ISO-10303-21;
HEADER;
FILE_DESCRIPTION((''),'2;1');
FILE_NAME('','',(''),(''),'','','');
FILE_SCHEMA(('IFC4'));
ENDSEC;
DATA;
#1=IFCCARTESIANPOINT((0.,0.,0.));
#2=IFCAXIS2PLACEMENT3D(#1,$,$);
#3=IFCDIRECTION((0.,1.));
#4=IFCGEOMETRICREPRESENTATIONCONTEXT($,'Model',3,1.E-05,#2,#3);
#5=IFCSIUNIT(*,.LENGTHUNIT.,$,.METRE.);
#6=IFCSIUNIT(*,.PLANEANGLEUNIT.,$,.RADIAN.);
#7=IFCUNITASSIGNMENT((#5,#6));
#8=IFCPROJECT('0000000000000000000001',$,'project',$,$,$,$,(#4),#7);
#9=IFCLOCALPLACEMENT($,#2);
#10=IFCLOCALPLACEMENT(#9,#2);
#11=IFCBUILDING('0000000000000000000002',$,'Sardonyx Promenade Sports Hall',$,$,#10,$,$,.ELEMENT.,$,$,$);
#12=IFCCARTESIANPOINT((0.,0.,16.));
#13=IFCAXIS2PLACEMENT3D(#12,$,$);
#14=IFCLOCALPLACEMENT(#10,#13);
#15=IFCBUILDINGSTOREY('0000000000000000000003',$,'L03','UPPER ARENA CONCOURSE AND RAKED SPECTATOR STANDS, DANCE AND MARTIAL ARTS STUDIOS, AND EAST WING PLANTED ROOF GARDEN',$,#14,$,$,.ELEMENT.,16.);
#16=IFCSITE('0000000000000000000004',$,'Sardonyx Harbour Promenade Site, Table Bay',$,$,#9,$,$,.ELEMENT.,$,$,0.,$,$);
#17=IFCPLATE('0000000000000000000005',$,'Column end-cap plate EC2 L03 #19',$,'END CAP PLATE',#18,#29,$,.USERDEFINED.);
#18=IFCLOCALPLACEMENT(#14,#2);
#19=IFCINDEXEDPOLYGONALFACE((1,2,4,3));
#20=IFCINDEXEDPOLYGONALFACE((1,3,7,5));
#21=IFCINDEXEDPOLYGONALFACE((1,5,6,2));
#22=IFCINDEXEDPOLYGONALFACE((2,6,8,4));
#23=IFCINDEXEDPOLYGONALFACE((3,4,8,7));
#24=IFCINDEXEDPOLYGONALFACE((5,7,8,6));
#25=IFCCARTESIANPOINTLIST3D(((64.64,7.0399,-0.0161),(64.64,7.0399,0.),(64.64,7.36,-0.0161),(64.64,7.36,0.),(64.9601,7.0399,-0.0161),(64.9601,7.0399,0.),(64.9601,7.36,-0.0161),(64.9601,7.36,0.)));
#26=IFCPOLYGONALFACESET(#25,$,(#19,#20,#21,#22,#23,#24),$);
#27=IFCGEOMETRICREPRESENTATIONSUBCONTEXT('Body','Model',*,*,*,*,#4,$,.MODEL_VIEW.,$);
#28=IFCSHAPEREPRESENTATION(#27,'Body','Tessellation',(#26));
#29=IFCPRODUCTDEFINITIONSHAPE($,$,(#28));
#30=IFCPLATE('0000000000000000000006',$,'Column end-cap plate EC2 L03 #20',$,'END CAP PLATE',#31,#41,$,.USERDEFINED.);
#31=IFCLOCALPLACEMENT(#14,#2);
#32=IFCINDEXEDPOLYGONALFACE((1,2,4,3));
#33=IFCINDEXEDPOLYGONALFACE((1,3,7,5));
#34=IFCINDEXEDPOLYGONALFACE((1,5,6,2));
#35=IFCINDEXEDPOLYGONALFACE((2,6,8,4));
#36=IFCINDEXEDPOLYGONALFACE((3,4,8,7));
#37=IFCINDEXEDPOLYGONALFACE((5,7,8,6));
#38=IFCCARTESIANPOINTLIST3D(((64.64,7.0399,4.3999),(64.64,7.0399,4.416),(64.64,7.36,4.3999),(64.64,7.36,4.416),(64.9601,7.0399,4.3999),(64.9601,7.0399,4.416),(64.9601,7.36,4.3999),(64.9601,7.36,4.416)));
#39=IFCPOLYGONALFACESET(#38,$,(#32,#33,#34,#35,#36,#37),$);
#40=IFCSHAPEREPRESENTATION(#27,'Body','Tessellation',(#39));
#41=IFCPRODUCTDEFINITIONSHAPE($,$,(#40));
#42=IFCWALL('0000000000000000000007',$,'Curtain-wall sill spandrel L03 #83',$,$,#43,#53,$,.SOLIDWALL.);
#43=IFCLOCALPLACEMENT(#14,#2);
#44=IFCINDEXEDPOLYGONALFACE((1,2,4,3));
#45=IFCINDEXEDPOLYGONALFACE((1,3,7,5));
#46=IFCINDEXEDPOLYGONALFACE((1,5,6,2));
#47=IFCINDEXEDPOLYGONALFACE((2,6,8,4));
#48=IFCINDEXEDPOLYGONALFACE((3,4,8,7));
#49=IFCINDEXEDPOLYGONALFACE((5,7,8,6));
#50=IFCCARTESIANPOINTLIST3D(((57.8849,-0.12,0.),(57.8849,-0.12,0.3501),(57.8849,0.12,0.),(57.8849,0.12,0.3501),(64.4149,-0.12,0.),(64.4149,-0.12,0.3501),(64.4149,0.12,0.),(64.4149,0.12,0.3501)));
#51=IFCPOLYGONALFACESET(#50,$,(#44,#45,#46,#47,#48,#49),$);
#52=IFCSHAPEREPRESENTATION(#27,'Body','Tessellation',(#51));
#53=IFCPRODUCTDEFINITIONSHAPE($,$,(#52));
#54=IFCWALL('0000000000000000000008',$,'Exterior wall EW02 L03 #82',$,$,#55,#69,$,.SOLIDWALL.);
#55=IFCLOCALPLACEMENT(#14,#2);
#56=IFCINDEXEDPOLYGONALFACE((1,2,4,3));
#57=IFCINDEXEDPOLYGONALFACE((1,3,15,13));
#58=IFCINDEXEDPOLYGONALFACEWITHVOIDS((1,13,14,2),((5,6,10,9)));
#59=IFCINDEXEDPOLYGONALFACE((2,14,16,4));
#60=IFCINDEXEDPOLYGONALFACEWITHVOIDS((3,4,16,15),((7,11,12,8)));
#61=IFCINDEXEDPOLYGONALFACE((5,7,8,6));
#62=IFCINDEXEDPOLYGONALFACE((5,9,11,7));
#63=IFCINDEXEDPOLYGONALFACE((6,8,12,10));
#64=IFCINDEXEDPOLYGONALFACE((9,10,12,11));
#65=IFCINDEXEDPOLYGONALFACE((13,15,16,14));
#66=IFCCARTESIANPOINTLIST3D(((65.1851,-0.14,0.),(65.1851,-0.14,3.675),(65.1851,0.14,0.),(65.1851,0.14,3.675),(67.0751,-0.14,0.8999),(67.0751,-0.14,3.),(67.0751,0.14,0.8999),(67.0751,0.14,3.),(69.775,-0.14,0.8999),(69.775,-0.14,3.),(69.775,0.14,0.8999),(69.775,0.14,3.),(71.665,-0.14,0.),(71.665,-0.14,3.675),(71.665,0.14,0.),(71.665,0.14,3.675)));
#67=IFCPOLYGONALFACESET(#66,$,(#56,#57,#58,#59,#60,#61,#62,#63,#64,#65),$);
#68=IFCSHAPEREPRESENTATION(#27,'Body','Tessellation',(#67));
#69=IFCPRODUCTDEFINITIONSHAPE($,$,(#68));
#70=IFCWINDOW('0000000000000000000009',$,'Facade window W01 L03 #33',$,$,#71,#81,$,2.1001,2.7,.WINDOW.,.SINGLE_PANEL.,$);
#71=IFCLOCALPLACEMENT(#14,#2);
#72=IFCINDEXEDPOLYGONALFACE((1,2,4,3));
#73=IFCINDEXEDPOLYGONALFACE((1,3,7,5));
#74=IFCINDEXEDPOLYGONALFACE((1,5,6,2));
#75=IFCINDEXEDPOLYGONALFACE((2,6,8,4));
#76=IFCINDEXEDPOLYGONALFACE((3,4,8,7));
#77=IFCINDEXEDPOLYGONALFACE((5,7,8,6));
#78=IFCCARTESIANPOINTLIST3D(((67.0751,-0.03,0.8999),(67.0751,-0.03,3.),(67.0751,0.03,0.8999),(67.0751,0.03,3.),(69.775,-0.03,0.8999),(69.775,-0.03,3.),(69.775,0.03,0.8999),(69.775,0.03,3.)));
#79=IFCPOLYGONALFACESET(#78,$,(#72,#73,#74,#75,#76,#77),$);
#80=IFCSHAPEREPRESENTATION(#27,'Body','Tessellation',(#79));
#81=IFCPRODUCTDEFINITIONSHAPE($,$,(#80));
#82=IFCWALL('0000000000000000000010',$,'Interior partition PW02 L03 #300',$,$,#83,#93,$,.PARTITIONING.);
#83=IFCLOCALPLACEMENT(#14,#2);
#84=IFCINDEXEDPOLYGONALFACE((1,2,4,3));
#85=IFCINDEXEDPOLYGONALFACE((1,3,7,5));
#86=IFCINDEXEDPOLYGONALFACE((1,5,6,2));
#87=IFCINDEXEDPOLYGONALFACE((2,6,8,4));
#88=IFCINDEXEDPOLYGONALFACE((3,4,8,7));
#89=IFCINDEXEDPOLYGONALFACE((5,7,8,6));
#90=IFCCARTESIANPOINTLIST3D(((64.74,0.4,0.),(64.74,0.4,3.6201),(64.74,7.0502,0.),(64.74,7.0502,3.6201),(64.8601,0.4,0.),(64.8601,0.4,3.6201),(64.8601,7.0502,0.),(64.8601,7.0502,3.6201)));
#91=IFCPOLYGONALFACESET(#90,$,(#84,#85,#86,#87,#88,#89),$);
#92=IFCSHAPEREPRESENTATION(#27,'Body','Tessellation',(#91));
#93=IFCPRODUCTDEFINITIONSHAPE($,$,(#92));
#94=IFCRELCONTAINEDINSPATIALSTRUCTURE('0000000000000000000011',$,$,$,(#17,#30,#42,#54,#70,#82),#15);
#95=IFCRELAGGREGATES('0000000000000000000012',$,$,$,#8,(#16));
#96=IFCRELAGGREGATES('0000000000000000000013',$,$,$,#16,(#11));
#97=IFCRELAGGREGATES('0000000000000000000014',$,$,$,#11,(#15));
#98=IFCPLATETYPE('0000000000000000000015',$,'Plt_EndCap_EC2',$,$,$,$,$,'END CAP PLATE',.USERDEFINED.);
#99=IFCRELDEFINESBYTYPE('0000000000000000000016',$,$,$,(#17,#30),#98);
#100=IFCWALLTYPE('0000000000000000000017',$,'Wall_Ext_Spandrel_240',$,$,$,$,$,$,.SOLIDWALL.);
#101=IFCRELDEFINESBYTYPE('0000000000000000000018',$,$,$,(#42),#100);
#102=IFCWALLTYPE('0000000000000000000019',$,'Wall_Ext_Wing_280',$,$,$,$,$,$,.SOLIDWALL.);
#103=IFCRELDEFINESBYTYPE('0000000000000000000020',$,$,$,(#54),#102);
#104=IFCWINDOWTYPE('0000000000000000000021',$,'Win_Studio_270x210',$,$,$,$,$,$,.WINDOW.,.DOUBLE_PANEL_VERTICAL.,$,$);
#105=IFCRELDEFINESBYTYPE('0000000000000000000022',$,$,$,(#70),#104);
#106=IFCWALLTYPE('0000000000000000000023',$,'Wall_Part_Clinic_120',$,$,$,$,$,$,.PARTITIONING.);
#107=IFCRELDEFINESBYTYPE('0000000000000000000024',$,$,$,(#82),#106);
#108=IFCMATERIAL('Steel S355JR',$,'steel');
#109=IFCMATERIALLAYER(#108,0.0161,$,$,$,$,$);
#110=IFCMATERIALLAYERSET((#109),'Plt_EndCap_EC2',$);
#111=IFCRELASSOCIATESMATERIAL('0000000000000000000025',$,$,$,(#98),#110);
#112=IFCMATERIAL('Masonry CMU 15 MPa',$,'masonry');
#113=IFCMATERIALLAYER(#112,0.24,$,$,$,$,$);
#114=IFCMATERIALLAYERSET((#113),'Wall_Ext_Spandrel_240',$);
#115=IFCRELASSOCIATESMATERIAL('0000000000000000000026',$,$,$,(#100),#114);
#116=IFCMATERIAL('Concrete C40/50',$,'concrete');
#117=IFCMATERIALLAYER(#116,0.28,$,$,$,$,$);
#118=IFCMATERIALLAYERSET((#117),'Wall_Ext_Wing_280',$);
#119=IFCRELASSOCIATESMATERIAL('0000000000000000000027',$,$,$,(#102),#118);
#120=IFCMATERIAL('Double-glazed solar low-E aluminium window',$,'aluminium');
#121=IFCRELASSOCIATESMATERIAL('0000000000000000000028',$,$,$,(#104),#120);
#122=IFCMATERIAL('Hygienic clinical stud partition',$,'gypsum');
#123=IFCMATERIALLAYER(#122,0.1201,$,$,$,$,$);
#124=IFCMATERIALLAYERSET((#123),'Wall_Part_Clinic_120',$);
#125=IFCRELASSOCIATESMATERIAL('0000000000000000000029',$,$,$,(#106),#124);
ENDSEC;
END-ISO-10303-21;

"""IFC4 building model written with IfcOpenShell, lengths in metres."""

from ifc_helpers import new_model, si_unit, direction, frame, frame_2d, origin, origin_2d, place, context, subcontext, project, spatial, rectangle, extrude, material, layer, layer_set, type_object, element, fill, save


model = new_model("IFC4")

# Units and contexts
model_context = context("Model", 3, precision=1e-05, world=origin(), true_north=direction((0.0, 1.0)))
body_context = subcontext(model_context, "Body", "Model", "MODEL_VIEW")
ifc_project = project(units=[si_unit("LENGTHUNIT", "METRE"), si_unit("PLANEANGLEUNIT", "RADIAN")], contexts=[model_context])

# Site, building, storey
site_placement = place(None, origin())
site = spatial("IfcSite", under=ifc_project, at=site_placement, Name="Sardonyx Harbour Promenade Site, Table Bay", CompositionType="ELEMENT", RefElevation=0.0)
building_placement = place(site_placement, origin())
building = spatial("IfcBuilding", under=site, at=building_placement, Name="Sardonyx Promenade Sports Hall", CompositionType="ELEMENT")
storey_placement = place(building_placement, frame((0.0, 0.0, 16.0)))
storey = spatial("IfcBuildingStorey", under=building, at=storey_placement, Name="L03", Description="UPPER ARENA CONCOURSE AND RAKED SPECTATOR STANDS, DANCE AND MARTIAL ARTS STUDIOS, AND EAST WING PLANTED ROOF GARDEN", CompositionType="ELEMENT", Elevation=16.0)

# Plates
ifc_material_1 = material(Name="Steel S355JR", Category="steel")
ifc_layer_1 = layer(ifc_material_1, 0.0161)
ifc_layer_set_1 = layer_set([ifc_layer_1], Name="Plt_EndCap_EC2")
plate_type_1 = type_object("IfcPlateType", Name="Plt_EndCap_EC2", ElementType="END CAP PLATE", PredefinedType="USERDEFINED", material=ifc_layer_set_1)
for number, where, z_axis, x_axis, name in (
    (1, (64.8, 7.2, -0.0161), (0.0, 0.0, 1.0), (1.0, 0.0, 0.0), "Column end-cap plate EC2 L03 #19"),
    (2, (64.8, 7.2, 4.3999), (0.0, 0.0, 1.0), (1.0, 0.0, 0.0), "Column end-cap plate EC2 L03 #20"),
):
    element("IfcPlate", number, at=place(storey_placement, frame(where, z_axis=z_axis, x_axis=x_axis)), inside=storey, type_object=plate_type_1, Name=name, ObjectType="END CAP PLATE", PredefinedType="USERDEFINED", context=body_context, shape_type="SweptSolid", body=[
        extrude(rectangle(XDim=0.3201, YDim=0.3201, at=origin_2d()), origin(), (0.0, 0.0, 1.0), 0.0161),
    ])

# Wall
ifc_material_2 = material(Name="Masonry CMU 15 MPa", Category="masonry")
ifc_layer_2 = layer(ifc_material_2, 0.24)
ifc_layer_set_2 = layer_set([ifc_layer_2], Name="Wall_Ext_Spandrel_240")
wall_type_1 = type_object("IfcWallType", Name="Wall_Ext_Spandrel_240", PredefinedType="SOLIDWALL", material=ifc_layer_set_2)
wall_1_placement = place(storey_placement, frame((64.415, 0.0, 0.0), z_axis=(0.0, 0.0, 1.0), x_axis=(-1.0, 0.0, 0.0)))
element("IfcWall", 3, at=wall_1_placement, inside=storey, type_object=wall_type_1, Name="Curtain-wall sill spandrel L03 #83", PredefinedType="SOLIDWALL", context=body_context, shape_type="SweptSolid", body=[
    extrude(rectangle(XDim=6.53, YDim=0.24, at=frame_2d((3.2651, 0.0))), origin(), (0.0, 0.0, 1.0), 0.3501),
])

# Wall, opening, window
ifc_material_3 = material(Name="Concrete C40/50", Category="concrete")
ifc_layer_3 = layer(ifc_material_3, 0.28)
ifc_layer_set_3 = layer_set([ifc_layer_3], Name="Wall_Ext_Wing_280")
wall_type_2 = type_object("IfcWallType", Name="Wall_Ext_Wing_280", PredefinedType="SOLIDWALL", material=ifc_layer_set_3)
wall_2_placement = place(storey_placement, frame((71.665, 0.0, 0.0), z_axis=(0.0, 0.0, 1.0), x_axis=(-1.0, 0.0, 0.0)))
wall_2 = element("IfcWall", 4, at=wall_2_placement, inside=storey, type_object=wall_type_2, Name="Exterior wall EW02 L03 #82", PredefinedType="SOLIDWALL", context=body_context, shape_type="SweptSolid", body=[
    extrude(rectangle(XDim=6.48, YDim=0.28, at=frame_2d((3.24, 0.0))), origin(), (0.0, 0.0, 1.0), 3.675),
])
opening_placement = place(wall_2_placement, frame((1.8899, 0.0, 0.8999)))
opening = element("IfcOpeningElement", 5, at=opening_placement, cuts=wall_2, PredefinedType="OPENING", context=body_context, shape_type="SweptSolid", body=[
    extrude(rectangle(XDim=2.7, YDim=2.1001, at=frame_2d((1.3501, 1.05))), frame((0.0, 0.15, 0.0), z_axis=(0.0, -1.0, 0.0), x_axis=(1.0, 0.0, 0.0)), (0.0, 0.0, 1.0), 0.3),
])
ifc_material_4 = material(Name="Double-glazed solar low-E aluminium window", Category="aluminium")
window_type = type_object("IfcWindowType", Name="Win_Studio_270x210", PartitioningType="DOUBLE_PANEL_VERTICAL", PredefinedType="WINDOW", material=ifc_material_4)
window_placement = place(opening_placement, origin())
window = element("IfcWindow", 6, at=window_placement, inside=storey, type_object=window_type, Name="Facade window W01 L03 #33", OverallHeight=2.1001, OverallWidth=2.7, PartitioningType="SINGLE_PANEL", PredefinedType="WINDOW", context=body_context, shape_type="SweptSolid", body=[
    extrude(rectangle(XDim=2.7, YDim=2.1001, at=frame_2d((1.3501, 1.05))), frame((0.0, 0.03, 0.0), z_axis=(0.0, -1.0, 0.0), x_axis=(1.0, 0.0, 0.0)), (0.0, 0.0, 1.0), 0.0601),
])
fill(opening, window)

# Wall
ifc_material_5 = material(Name="Hygienic clinical stud partition", Category="gypsum")
ifc_layer_4 = layer(ifc_material_5, 0.1201)
ifc_layer_set_4 = layer_set([ifc_layer_4], Name="Wall_Part_Clinic_120")
wall_type_3 = type_object("IfcWallType", Name="Wall_Part_Clinic_120", PredefinedType="PARTITIONING", material=ifc_layer_set_4)
wall_3_placement = place(storey_placement, frame((64.8, 0.3999, 0.0), z_axis=(0.0, 0.0, 1.0), x_axis=(0.0, 1.0, 0.0)))
element("IfcWall", 7, at=wall_3_placement, inside=storey, type_object=wall_type_3, Name="Interior partition PW02 L03 #300", PredefinedType="PARTITIONING", context=body_context, shape_type="SweptSolid", body=[
    extrude(rectangle(XDim=6.6501, YDim=0.1201, at=frame_2d((3.3252, 0.0))), origin(), (0.0, 0.0, 1.0), 3.6201),
])

save(model, "model.ifc")
